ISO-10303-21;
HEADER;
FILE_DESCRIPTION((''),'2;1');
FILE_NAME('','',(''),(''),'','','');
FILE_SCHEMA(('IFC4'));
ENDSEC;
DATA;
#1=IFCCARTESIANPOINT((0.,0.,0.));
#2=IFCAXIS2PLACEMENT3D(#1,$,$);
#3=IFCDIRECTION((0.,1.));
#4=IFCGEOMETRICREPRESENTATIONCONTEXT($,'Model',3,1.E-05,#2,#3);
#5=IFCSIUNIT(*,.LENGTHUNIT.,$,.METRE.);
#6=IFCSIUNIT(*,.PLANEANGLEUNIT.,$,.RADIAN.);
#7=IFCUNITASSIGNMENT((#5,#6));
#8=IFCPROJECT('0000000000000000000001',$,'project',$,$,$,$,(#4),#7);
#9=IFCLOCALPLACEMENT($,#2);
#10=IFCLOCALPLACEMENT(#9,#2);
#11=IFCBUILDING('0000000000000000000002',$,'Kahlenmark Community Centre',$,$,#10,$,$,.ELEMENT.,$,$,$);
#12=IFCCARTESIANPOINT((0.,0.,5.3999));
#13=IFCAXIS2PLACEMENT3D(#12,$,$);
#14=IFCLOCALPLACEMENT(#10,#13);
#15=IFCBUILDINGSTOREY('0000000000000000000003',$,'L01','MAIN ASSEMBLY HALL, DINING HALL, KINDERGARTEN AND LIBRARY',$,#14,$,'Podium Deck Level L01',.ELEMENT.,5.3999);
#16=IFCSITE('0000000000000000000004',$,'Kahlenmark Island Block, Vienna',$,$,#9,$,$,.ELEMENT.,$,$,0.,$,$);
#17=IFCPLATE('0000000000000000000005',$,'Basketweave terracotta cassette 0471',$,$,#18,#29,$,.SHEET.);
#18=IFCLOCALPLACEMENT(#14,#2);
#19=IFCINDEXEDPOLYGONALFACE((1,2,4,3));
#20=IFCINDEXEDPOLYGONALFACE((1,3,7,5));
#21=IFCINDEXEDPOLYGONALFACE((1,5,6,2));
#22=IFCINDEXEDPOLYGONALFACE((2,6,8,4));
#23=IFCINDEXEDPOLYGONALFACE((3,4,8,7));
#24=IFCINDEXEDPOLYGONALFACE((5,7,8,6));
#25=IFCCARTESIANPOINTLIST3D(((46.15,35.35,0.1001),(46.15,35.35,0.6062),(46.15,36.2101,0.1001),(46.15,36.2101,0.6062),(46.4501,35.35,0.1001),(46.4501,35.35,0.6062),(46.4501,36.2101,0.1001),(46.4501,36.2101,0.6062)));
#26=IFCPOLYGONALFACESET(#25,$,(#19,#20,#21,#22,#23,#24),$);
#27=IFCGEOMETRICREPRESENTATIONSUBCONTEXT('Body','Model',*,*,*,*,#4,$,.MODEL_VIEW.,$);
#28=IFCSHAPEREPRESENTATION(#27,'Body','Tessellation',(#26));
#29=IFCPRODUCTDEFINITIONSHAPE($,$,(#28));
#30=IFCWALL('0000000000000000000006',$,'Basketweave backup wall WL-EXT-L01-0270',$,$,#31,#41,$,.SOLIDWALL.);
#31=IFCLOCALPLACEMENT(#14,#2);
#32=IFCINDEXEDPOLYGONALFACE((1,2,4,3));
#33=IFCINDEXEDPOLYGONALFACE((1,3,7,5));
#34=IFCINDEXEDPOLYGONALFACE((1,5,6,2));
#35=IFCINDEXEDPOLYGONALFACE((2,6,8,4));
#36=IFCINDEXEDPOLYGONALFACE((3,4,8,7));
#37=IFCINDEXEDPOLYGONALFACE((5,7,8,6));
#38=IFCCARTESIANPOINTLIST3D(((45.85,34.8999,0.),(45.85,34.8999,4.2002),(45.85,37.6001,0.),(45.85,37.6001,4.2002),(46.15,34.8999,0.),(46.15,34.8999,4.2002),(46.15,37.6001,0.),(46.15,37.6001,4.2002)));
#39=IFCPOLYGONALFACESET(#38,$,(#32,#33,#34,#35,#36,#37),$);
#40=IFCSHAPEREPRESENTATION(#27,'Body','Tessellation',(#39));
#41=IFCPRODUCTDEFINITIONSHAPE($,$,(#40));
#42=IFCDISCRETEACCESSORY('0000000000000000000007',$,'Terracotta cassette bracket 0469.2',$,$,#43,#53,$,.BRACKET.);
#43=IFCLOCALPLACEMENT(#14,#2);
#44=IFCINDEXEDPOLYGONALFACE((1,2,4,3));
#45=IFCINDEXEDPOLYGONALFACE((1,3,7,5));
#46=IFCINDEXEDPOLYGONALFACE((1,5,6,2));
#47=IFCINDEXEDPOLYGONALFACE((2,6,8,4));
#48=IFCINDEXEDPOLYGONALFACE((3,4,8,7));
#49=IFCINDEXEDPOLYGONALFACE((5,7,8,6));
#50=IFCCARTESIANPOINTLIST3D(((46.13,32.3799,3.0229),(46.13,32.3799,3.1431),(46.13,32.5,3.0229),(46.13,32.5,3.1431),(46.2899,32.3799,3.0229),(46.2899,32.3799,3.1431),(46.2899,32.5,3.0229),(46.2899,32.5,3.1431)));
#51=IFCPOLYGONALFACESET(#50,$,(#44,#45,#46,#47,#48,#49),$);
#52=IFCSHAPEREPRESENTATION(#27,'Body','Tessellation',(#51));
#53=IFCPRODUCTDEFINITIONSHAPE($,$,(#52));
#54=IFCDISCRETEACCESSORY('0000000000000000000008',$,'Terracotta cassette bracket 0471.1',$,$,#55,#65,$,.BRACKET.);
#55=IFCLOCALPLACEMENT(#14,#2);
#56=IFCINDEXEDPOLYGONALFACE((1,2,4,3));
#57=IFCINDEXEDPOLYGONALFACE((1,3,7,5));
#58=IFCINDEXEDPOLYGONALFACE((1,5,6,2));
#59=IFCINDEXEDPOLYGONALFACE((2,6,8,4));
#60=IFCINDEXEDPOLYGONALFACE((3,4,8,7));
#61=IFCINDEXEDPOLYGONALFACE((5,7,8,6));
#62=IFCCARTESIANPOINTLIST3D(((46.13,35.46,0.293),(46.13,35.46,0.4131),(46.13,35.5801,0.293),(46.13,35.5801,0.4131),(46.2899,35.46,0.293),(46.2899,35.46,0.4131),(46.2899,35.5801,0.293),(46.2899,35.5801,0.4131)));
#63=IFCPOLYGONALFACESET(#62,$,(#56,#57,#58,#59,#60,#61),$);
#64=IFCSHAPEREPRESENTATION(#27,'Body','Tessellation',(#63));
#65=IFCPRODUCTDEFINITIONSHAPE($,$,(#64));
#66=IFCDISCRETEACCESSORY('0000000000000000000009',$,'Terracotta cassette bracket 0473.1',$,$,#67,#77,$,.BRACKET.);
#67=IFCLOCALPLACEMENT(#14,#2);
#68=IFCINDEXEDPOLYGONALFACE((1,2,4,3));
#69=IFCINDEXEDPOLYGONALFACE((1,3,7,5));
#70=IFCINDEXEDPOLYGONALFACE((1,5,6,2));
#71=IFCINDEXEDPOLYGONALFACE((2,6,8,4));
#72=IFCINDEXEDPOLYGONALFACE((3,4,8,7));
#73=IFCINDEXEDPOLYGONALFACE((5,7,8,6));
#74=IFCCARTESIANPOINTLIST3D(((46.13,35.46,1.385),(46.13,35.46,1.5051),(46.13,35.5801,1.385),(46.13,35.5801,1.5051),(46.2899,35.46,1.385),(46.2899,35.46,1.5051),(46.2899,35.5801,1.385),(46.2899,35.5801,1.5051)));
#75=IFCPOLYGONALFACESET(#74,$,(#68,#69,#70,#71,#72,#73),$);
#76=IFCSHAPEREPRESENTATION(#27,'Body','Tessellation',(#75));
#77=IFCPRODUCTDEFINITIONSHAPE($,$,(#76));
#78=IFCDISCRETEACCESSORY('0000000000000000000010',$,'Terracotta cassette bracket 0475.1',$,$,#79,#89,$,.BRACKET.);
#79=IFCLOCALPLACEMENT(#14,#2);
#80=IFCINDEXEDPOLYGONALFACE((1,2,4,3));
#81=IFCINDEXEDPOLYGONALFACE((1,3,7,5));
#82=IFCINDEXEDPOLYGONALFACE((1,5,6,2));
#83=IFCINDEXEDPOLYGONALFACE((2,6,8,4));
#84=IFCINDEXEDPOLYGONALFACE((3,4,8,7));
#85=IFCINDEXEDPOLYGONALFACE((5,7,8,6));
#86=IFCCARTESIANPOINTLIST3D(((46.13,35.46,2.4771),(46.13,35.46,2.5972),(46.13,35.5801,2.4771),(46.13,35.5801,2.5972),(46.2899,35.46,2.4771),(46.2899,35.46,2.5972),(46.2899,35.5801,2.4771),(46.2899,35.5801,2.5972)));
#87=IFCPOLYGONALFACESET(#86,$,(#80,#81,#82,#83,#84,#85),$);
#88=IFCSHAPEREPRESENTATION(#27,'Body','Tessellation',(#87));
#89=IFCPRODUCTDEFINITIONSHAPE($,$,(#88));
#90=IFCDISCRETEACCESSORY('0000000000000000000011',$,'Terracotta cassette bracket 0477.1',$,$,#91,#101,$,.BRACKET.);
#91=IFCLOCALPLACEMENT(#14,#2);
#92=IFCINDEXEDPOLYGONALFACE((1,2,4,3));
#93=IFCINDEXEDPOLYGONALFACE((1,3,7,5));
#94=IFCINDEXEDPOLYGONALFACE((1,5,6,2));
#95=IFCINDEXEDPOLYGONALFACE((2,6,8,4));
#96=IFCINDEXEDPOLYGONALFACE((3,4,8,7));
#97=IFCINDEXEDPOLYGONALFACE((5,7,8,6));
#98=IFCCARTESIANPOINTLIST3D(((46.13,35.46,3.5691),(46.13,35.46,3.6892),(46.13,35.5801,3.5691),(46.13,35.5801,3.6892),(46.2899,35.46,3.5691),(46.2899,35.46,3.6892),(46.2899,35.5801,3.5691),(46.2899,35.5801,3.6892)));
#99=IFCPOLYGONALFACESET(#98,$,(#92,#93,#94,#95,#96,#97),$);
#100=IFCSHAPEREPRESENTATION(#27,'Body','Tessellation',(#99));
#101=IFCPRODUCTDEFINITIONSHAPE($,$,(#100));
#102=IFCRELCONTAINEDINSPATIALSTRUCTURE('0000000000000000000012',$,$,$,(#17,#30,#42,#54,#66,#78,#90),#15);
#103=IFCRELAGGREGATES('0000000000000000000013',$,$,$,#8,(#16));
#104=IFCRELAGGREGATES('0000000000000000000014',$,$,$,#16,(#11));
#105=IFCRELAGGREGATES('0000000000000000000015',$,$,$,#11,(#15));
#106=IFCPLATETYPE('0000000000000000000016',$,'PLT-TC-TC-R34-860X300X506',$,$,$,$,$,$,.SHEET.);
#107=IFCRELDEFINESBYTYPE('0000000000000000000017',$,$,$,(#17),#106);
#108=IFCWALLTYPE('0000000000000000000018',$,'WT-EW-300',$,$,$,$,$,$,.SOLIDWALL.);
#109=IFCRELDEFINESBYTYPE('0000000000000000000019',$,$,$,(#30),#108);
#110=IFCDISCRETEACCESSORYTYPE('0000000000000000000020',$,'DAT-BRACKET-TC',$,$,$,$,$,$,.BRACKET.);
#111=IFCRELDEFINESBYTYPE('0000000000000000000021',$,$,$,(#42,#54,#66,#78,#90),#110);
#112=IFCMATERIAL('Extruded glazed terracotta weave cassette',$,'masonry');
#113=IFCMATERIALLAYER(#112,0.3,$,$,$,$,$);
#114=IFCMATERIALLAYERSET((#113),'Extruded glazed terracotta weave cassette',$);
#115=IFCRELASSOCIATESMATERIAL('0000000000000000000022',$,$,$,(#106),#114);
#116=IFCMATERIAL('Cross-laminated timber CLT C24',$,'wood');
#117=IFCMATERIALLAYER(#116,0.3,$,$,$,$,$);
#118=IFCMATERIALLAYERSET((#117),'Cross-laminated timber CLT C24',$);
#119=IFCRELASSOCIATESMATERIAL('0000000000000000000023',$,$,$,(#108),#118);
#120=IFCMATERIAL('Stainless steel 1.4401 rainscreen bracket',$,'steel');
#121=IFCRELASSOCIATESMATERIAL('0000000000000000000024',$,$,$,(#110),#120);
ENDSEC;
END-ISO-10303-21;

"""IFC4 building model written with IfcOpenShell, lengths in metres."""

from ifc_helpers import new_model, si_unit, direction, frame, frame_2d, origin, origin_2d, place, context, subcontext, project, spatial, rectangle, extrude, material, layer, layer_set, type_object, element, save


model = new_model("IFC4")

# Units and contexts
model_context = context("Model", 3, precision=1e-05, world=origin(), true_north=direction((0.0, 1.0)))
body_context = subcontext(model_context, "Body", "Model", "MODEL_VIEW")
ifc_project = project(units=[si_unit("LENGTHUNIT", "METRE"), si_unit("PLANEANGLEUNIT", "RADIAN")], contexts=[model_context])

# Site, building, storey
site_placement = place(None, origin())
site = spatial("IfcSite", under=ifc_project, at=site_placement, Name="Kahlenmark Island Block, Vienna", CompositionType="ELEMENT", RefElevation=0.0)
building_placement = place(site_placement, origin())
building = spatial("IfcBuilding", under=site, at=building_placement, Name="Kahlenmark Community Centre", CompositionType="ELEMENT")
storey_placement = place(building_placement, frame((0.0, 0.0, 5.3999)))
storey = spatial("IfcBuildingStorey", under=building, at=storey_placement, Name="L01", Description="MAIN ASSEMBLY HALL, DINING HALL, KINDERGARTEN AND LIBRARY", LongName="Podium Deck Level L01", CompositionType="ELEMENT", Elevation=5.3999)

# Plate
ifc_material_1 = material(Name="Extruded glazed terracotta weave cassette", Category="masonry")
ifc_layer_1 = layer(ifc_material_1, 0.3)
ifc_layer_set_1 = layer_set([ifc_layer_1], Name="Extruded glazed terracotta weave cassette")
plate_type_1 = type_object("IfcPlateType", Name="PLT-TC-TC-R34-860X300X506", PredefinedType="SHEET", material=ifc_layer_set_1)
plate_1_placement = place(storey_placement, frame((46.3, 35.78, 0.1001), z_axis=(0.0, 0.0, 1.0), x_axis=(0.0, 1.0, 0.0)))
element("IfcPlate", 1, at=plate_1_placement, inside=storey, type_object=plate_type_1, Name="Basketweave terracotta cassette 0471", PredefinedType="SHEET", context=body_context, shape_type="SweptSolid", body=[
    extrude(rectangle(XDim=0.8601, YDim=0.3, at=origin_2d()), origin(), (0.0, 0.0, 1.0), 0.5061),
])

# Wall
ifc_material_2 = material(Name="Cross-laminated timber CLT C24", Category="wood")
ifc_layer_2 = layer(ifc_material_2, 0.3)
ifc_layer_set_2 = layer_set([ifc_layer_2], Name="Cross-laminated timber CLT C24")
wall_type = type_object("IfcWallType", Name="WT-EW-300", PredefinedType="SOLIDWALL", material=ifc_layer_set_2)
wall_placement = place(storey_placement, frame((46.0, 34.8999, 0.0), z_axis=(0.0, 0.0, 1.0), x_axis=(0.0, 1.0, 0.0)))
element("IfcWall", 2, at=wall_placement, inside=storey, type_object=wall_type, Name="Basketweave backup wall WL-EXT-L01-0270", PredefinedType="SOLIDWALL", context=body_context, shape_type="SweptSolid", body=[
    extrude(rectangle(XDim=2.7002, YDim=0.3, at=frame_2d((1.3501, 0.0))), origin(), (0.0, 0.0, 1.0), 4.2002),
])

# Discrete accessories
ifc_material_3 = material(Name="Stainless steel 1.4401 rainscreen bracket", Category="steel")
discrete_accessory_type = type_object("IfcDiscreteAccessoryType", Name="DAT-BRACKET-TC", PredefinedType="BRACKET", material=ifc_material_3)
for number, where, z_axis, x_axis, name in (
    (3, (46.21, 32.4399, 3.0229), (0.0, 0.0, 1.0), (0.0, 1.0, 0.0), "Terracotta cassette bracket 0469.2"),
    (4, (46.21, 35.52, 0.293), (0.0, 0.0, 1.0), (0.0, 1.0, 0.0), "Terracotta cassette bracket 0471.1"),
    (5, (46.21, 35.52, 1.385), (0.0, 0.0, 1.0), (0.0, 1.0, 0.0), "Terracotta cassette bracket 0473.1"),
    (6, (46.21, 35.52, 2.4771), (0.0, 0.0, 1.0), (0.0, 1.0, 0.0), "Terracotta cassette bracket 0475.1"),
    (7, (46.21, 35.52, 3.5691), (0.0, 0.0, 1.0), (0.0, 1.0, 0.0), "Terracotta cassette bracket 0477.1"),
):
    element("IfcDiscreteAccessory", number, at=place(storey_placement, frame(where, z_axis=z_axis, x_axis=x_axis)), inside=storey, type_object=discrete_accessory_type, Name=name, PredefinedType="BRACKET", context=body_context, shape_type="SweptSolid", body=[
        extrude(rectangle(XDim=0.1201, YDim=0.1599, at=origin_2d()), origin(), (0.0, 0.0, 1.0), 0.1201),
    ])

save(model, "model.ifc")
